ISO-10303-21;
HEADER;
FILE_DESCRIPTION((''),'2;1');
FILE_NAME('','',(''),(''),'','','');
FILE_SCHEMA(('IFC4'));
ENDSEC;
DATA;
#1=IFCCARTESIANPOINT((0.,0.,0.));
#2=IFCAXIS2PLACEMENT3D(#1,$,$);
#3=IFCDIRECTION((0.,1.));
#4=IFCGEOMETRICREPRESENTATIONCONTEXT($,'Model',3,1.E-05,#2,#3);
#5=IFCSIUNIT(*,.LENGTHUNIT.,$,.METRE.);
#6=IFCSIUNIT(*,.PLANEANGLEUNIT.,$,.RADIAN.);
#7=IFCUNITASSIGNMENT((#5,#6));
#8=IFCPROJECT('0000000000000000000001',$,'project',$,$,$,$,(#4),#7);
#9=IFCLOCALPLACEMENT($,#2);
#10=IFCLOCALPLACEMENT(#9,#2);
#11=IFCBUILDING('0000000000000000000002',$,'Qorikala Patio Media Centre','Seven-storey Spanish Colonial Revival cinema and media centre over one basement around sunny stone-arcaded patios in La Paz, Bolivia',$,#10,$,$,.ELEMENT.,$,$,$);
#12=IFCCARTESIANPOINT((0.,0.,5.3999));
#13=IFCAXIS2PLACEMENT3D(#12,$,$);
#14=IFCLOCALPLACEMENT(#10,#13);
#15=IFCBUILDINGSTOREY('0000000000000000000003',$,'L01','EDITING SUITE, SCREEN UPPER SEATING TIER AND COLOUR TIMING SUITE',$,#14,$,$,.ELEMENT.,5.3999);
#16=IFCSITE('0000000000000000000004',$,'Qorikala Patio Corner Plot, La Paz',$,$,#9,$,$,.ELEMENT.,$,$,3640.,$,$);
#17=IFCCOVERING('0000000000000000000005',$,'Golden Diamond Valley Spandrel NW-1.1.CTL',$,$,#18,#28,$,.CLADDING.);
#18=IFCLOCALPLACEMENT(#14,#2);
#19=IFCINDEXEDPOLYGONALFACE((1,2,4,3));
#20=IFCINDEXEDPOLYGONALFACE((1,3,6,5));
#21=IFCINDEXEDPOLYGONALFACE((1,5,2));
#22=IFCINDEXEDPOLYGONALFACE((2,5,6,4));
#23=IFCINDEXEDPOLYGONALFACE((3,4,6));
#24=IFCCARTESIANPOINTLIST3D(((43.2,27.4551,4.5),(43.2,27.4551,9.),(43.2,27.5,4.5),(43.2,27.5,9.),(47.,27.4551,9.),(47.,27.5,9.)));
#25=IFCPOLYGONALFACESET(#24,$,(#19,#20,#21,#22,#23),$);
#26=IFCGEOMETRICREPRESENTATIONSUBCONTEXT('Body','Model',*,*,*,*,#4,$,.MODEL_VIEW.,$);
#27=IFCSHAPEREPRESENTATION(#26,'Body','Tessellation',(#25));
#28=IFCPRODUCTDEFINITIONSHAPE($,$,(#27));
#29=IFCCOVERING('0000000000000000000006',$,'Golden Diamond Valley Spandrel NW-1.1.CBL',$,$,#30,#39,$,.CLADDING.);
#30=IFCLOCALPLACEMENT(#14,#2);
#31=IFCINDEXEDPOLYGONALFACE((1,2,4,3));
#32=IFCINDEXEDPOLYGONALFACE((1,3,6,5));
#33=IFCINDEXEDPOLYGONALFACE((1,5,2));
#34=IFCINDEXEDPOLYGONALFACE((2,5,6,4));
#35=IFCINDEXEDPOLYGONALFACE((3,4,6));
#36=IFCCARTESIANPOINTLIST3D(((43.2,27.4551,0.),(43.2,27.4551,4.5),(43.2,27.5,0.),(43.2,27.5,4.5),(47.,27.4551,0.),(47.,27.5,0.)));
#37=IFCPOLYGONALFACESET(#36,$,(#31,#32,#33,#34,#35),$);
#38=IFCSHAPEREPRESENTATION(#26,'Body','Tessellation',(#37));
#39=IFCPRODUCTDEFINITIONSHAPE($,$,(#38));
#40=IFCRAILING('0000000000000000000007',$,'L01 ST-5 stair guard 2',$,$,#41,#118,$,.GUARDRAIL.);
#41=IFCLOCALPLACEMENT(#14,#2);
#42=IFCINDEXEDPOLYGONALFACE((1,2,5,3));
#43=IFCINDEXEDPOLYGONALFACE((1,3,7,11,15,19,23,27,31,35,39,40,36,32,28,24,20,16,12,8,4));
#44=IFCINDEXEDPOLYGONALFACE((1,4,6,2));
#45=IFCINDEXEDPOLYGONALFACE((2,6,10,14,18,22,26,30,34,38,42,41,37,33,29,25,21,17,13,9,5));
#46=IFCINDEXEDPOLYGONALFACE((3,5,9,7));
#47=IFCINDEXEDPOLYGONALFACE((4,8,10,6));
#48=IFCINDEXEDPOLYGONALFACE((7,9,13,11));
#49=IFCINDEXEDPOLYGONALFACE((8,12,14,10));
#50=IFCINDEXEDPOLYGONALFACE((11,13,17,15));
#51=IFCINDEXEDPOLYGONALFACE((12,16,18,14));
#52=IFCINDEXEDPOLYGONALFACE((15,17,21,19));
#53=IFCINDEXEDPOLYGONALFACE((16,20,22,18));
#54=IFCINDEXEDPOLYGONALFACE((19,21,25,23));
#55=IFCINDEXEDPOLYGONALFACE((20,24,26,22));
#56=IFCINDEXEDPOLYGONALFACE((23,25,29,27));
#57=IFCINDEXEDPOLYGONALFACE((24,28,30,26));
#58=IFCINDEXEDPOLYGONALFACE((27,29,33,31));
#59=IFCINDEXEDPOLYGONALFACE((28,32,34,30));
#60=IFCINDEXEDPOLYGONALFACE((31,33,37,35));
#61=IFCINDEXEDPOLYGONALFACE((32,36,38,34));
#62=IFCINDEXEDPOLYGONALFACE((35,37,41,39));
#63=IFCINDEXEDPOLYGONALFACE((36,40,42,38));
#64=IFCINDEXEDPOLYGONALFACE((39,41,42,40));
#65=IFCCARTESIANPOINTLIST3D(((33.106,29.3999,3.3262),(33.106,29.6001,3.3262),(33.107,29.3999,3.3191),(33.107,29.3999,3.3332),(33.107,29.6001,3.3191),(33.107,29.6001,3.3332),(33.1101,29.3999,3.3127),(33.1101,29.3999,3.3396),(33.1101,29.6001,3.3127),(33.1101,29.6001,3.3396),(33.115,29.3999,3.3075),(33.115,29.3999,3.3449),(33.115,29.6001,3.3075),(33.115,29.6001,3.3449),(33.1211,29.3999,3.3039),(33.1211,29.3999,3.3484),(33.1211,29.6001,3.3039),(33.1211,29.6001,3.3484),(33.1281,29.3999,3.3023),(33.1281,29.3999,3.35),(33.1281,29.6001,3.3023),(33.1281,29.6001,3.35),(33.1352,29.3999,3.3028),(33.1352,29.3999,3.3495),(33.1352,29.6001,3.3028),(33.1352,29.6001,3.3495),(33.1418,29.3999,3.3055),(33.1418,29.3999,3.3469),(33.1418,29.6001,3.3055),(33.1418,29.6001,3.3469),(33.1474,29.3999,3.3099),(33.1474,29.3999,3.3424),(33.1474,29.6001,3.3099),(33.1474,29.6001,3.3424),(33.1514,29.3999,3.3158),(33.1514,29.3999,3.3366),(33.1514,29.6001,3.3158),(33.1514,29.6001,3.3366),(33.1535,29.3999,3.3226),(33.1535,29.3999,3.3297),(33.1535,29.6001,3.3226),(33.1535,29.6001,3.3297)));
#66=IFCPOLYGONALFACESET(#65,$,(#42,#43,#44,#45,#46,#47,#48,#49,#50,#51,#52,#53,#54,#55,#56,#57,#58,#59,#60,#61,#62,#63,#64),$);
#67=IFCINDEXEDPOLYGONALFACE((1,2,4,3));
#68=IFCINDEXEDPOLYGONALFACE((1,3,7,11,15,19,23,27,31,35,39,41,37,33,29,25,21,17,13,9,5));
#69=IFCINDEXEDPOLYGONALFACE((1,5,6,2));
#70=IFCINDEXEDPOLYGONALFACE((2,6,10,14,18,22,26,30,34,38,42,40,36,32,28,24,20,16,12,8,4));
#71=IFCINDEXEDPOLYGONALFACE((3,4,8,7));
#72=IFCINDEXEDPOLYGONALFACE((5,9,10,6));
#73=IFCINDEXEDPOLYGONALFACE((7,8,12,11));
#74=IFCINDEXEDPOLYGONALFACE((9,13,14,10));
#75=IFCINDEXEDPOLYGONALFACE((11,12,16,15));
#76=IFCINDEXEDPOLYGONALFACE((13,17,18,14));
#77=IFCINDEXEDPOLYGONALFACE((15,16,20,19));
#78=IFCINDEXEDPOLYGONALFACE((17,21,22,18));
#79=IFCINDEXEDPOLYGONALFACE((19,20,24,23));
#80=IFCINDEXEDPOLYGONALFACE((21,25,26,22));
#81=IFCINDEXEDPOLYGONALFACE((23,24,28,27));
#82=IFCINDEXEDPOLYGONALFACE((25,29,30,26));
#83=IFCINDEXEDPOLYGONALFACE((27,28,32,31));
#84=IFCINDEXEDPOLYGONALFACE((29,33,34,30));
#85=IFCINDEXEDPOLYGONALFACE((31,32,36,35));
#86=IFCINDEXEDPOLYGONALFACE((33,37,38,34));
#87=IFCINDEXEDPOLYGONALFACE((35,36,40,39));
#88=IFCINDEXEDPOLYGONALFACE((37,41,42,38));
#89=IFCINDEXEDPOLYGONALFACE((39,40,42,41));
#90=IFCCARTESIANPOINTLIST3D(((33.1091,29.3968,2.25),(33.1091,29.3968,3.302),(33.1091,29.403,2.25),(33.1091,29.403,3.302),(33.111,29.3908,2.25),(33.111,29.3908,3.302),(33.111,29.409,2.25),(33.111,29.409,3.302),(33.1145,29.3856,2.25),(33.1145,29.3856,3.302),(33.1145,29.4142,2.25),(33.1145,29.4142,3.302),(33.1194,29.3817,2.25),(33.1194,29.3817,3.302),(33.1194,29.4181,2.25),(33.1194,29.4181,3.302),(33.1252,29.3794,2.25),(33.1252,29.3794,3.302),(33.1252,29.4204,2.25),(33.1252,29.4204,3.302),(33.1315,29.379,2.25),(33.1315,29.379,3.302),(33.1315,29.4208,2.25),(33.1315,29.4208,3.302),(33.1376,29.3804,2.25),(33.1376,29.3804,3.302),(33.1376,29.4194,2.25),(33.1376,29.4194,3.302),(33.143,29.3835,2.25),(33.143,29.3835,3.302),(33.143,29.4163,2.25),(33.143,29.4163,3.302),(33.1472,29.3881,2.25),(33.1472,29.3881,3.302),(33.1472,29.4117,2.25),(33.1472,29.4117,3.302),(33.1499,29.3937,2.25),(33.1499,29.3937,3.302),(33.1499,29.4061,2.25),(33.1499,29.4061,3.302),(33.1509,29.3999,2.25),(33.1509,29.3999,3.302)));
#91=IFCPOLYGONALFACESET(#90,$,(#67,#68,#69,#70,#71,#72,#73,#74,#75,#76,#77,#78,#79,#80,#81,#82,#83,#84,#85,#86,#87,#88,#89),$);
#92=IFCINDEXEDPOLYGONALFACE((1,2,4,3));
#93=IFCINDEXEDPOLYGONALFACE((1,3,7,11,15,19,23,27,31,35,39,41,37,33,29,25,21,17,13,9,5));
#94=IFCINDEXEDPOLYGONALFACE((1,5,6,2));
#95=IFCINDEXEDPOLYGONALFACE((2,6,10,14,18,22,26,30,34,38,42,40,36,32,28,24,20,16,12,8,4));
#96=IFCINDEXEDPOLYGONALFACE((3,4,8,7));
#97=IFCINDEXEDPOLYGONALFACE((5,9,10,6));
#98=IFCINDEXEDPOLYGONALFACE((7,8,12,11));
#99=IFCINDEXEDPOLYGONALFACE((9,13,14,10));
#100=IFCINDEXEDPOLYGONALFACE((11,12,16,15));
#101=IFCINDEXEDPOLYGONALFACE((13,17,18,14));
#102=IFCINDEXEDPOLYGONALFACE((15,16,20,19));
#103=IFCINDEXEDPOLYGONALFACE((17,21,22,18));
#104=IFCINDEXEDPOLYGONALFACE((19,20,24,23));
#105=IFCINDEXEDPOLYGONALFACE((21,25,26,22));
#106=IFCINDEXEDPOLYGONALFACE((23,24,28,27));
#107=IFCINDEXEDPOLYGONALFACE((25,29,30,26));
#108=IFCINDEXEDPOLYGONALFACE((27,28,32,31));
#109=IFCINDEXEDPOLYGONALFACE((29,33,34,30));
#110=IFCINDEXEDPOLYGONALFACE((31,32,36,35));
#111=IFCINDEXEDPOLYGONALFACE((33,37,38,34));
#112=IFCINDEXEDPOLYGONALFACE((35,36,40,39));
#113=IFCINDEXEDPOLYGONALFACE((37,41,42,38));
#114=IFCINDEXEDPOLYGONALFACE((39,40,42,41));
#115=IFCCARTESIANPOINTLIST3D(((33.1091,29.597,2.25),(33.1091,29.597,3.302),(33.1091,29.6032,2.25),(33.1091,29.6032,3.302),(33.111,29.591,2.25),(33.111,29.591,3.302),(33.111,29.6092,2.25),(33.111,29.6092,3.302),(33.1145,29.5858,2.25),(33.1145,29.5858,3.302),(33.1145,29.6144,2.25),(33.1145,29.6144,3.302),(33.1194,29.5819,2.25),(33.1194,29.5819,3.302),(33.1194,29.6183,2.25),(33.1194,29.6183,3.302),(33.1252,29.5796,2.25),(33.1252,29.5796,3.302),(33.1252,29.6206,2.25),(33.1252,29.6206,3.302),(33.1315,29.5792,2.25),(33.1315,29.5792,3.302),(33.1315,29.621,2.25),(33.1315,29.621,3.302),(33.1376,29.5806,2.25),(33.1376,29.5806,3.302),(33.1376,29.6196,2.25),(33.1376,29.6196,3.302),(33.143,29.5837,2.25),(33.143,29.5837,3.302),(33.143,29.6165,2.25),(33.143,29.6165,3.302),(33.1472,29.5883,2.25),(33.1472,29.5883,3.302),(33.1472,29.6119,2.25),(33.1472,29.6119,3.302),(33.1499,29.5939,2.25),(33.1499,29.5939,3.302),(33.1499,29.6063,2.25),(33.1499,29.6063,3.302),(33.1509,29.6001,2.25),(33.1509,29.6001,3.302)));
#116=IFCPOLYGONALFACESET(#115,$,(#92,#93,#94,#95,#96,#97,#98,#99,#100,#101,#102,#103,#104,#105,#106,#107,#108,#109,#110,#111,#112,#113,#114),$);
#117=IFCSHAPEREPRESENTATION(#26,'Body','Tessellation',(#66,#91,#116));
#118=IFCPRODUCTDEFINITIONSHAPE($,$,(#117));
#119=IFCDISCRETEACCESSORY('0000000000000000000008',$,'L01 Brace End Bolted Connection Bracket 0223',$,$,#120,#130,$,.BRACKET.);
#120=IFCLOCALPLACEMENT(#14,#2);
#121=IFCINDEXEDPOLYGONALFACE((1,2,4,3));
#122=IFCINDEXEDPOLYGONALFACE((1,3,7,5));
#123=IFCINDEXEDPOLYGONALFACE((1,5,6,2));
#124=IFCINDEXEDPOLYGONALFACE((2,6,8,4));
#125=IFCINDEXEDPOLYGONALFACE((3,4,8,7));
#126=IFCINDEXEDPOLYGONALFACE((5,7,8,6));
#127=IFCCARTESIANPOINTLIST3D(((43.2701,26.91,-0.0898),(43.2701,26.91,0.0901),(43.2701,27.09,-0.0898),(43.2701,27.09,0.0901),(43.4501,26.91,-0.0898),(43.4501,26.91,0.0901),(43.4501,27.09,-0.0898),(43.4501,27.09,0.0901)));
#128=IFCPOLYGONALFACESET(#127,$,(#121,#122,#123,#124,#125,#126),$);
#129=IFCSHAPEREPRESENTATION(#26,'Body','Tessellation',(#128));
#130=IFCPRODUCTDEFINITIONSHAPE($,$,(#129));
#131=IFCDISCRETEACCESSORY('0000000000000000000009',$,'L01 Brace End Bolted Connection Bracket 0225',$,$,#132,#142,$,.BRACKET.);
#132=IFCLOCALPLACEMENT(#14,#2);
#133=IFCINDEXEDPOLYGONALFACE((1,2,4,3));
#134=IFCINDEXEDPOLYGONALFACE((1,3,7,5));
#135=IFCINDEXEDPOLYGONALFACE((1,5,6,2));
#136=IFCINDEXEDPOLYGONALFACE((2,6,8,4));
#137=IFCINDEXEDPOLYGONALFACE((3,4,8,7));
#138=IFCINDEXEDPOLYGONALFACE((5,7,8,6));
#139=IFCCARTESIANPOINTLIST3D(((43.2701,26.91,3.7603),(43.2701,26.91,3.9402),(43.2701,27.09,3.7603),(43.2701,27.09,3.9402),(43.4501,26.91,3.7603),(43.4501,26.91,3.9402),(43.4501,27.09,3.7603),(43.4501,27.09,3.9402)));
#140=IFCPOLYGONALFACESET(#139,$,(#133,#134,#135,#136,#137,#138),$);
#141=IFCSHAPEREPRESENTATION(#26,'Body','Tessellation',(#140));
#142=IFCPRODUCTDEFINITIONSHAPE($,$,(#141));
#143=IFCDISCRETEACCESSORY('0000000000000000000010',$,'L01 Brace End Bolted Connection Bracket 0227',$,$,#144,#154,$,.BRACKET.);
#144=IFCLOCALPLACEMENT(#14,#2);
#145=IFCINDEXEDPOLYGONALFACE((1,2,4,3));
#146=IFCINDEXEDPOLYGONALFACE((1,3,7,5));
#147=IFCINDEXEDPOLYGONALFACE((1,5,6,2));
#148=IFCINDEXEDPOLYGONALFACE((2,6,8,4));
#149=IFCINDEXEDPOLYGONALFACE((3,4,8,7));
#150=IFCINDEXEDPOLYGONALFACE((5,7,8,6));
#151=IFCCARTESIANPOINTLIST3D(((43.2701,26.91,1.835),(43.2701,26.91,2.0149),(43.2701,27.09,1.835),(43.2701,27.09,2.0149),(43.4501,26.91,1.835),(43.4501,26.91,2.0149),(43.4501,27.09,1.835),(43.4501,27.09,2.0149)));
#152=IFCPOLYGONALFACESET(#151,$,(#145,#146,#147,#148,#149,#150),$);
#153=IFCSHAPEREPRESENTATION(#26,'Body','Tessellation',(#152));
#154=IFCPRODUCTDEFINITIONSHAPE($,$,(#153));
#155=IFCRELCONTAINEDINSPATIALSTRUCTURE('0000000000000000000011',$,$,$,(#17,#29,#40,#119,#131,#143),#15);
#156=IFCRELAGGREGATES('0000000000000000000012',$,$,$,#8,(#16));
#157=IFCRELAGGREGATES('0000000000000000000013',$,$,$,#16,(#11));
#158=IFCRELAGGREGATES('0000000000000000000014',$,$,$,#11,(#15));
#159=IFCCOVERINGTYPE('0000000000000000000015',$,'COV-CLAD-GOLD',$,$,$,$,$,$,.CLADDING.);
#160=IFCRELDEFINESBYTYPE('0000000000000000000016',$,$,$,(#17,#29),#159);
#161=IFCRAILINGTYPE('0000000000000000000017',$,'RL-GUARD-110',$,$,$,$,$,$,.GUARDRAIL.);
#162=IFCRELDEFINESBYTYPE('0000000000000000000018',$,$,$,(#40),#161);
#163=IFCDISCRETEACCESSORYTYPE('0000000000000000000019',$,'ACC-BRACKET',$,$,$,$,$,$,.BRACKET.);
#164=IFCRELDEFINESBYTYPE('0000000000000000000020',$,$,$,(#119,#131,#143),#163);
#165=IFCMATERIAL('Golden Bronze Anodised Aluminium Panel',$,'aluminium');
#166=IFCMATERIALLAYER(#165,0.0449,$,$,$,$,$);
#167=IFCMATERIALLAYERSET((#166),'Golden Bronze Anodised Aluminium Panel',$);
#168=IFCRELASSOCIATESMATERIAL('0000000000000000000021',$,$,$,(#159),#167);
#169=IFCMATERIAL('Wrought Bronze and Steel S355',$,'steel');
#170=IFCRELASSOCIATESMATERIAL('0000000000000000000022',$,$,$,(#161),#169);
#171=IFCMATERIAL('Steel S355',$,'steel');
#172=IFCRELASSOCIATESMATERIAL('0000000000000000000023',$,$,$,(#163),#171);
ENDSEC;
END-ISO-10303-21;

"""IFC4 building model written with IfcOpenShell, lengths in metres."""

from ifc_helpers import new_model, si_unit, direction, frame, origin, origin_2d, place, context, subcontext, project, spatial, polyline, rectangle, circle, outline, extrude, material, layer, layer_set, type_object, element, save


model = new_model("IFC4")

# Units and contexts
model_context = context("Model", 3, precision=1e-05, world=origin(), true_north=direction((0.0, 1.0)))
body_context = subcontext(model_context, "Body", "Model", "MODEL_VIEW")
ifc_project = project(units=[si_unit("LENGTHUNIT", "METRE"), si_unit("PLANEANGLEUNIT", "RADIAN")], contexts=[model_context])

# Site, building, storey
site_placement = place(None, origin())
site = spatial("IfcSite", under=ifc_project, at=site_placement, Name="Qorikala Patio Corner Plot, La Paz", CompositionType="ELEMENT", RefElevation=3640.0)
building_placement = place(site_placement, origin())
building = spatial("IfcBuilding", under=site, at=building_placement, Name="Qorikala Patio Media Centre", Description="Seven-storey Spanish Colonial Revival cinema and media centre over one basement around sunny stone-arcaded patios in La Paz, Bolivia", CompositionType="ELEMENT")
storey_placement = place(building_placement, frame((0.0, 0.0, 5.3999)))
storey = spatial("IfcBuildingStorey", under=building, at=storey_placement, Name="L01", Description="EDITING SUITE, SCREEN UPPER SEATING TIER AND COLOUR TIMING SUITE", CompositionType="ELEMENT", Elevation=5.3999)

# Coverings
ifc_material_1 = material(Name="Golden Bronze Anodised Aluminium Panel", Category="aluminium")
ifc_layer_1 = layer(ifc_material_1, 0.0449)
ifc_layer_set_1 = layer_set([ifc_layer_1], Name="Golden Bronze Anodised Aluminium Panel")
covering_type = type_object("IfcCoveringType", Name="COV-CLAD-GOLD", PredefinedType="CLADDING", material=ifc_layer_set_1)
covering_1_placement = place(storey_placement, frame((43.2, 27.5, 9.0), z_axis=(0.0, 1.0, 0.0), x_axis=(1.0, 0.0, 0.0)))
element("IfcCovering", 1, at=covering_1_placement, inside=storey, type_object=covering_type, Name="Golden Diamond Valley Spandrel NW-1.1.CTL", PredefinedType="CLADDING", context=body_context, shape_type="SweptSolid", body=[
    extrude(outline(polyline([(0.0, 0.0), (3.8, 0.0), (0.0, 4.5), (0.0, 0.0)])), origin(), (0.0, 0.0, -1.0), 0.0449),
])
covering_2_placement = place(storey_placement, frame((43.2, 27.5, 0.0), z_axis=(0.0, 1.0, 0.0), x_axis=(0.0, 0.0, 1.0)))
element("IfcCovering", 2, at=covering_2_placement, inside=storey, type_object=covering_type, Name="Golden Diamond Valley Spandrel NW-1.1.CBL", PredefinedType="CLADDING", context=body_context, shape_type="SweptSolid", body=[
    extrude(outline(polyline([(0.0, 0.0), (4.5, 0.0), (0.0, 3.8), (0.0, 0.0)])), origin(), (0.0, 0.0, -1.0), 0.0449),
])

# Railing
ifc_material_2 = material(Name="Wrought Bronze and Steel S355", Category="steel")
railing_type = type_object("IfcRailingType", Name="RL-GUARD-110", PredefinedType="GUARDRAIL", material=ifc_material_2)
railing_placement = place(storey_placement, frame((33.1299, 29.3999, 2.25)))
element("IfcRailing", 3, at=railing_placement, inside=storey, type_object=railing_type, Name="L01 ST-5 stair guard 2", PredefinedType="GUARDRAIL", context=body_context, shape_type="SweptSolid", body=[
    extrude(circle(Radius=0.0239, at=origin_2d()), frame((0.0, 0.0, 1.0762), z_axis=(0.0, 1.0, 0.0), x_axis=(-1.0, 0.0, 0.0)), (0.0, 0.0, 1.0), 0.2002),
    extrude(circle(Radius=0.021, at=origin_2d()), origin(), (0.0, 0.0, 1.0), 1.052),
    extrude(circle(Radius=0.021, at=origin_2d()), frame((0.0, 0.2002, 0.0)), (0.0, 0.0, 1.0), 1.052),
])

# Discrete accessories
ifc_material_3 = material(Name="Steel S355", Category="steel")
discrete_accessory_type = type_object("IfcDiscreteAccessoryType", Name="ACC-BRACKET", PredefinedType="BRACKET", material=ifc_material_3)
for number, where, z_axis, x_axis, name in (
    (4, (43.3601, 27.0, -0.0898), (0.0, 0.0, 1.0), (1.0, 0.0, 0.0), "L01 Brace End Bolted Connection Bracket 0223"),
    (5, (43.3601, 27.0, 3.7603), (0.0, 0.0, 1.0), (1.0, 0.0, 0.0), "L01 Brace End Bolted Connection Bracket 0225"),
    (6, (43.3601, 27.0, 1.835), (0.0, 0.0, 1.0), (1.0, 0.0, 0.0), "L01 Brace End Bolted Connection Bracket 0227"),
):
    element("IfcDiscreteAccessory", number, at=place(storey_placement, frame(where, z_axis=z_axis, x_axis=x_axis)), inside=storey, type_object=discrete_accessory_type, Name=name, PredefinedType="BRACKET", context=body_context, shape_type="SweptSolid", body=[
        extrude(rectangle(XDim=0.1799, YDim=0.1799, at=origin_2d()), origin(), (0.0, 0.0, 1.0), 0.1799),
    ])

save(model, "model.ifc")
